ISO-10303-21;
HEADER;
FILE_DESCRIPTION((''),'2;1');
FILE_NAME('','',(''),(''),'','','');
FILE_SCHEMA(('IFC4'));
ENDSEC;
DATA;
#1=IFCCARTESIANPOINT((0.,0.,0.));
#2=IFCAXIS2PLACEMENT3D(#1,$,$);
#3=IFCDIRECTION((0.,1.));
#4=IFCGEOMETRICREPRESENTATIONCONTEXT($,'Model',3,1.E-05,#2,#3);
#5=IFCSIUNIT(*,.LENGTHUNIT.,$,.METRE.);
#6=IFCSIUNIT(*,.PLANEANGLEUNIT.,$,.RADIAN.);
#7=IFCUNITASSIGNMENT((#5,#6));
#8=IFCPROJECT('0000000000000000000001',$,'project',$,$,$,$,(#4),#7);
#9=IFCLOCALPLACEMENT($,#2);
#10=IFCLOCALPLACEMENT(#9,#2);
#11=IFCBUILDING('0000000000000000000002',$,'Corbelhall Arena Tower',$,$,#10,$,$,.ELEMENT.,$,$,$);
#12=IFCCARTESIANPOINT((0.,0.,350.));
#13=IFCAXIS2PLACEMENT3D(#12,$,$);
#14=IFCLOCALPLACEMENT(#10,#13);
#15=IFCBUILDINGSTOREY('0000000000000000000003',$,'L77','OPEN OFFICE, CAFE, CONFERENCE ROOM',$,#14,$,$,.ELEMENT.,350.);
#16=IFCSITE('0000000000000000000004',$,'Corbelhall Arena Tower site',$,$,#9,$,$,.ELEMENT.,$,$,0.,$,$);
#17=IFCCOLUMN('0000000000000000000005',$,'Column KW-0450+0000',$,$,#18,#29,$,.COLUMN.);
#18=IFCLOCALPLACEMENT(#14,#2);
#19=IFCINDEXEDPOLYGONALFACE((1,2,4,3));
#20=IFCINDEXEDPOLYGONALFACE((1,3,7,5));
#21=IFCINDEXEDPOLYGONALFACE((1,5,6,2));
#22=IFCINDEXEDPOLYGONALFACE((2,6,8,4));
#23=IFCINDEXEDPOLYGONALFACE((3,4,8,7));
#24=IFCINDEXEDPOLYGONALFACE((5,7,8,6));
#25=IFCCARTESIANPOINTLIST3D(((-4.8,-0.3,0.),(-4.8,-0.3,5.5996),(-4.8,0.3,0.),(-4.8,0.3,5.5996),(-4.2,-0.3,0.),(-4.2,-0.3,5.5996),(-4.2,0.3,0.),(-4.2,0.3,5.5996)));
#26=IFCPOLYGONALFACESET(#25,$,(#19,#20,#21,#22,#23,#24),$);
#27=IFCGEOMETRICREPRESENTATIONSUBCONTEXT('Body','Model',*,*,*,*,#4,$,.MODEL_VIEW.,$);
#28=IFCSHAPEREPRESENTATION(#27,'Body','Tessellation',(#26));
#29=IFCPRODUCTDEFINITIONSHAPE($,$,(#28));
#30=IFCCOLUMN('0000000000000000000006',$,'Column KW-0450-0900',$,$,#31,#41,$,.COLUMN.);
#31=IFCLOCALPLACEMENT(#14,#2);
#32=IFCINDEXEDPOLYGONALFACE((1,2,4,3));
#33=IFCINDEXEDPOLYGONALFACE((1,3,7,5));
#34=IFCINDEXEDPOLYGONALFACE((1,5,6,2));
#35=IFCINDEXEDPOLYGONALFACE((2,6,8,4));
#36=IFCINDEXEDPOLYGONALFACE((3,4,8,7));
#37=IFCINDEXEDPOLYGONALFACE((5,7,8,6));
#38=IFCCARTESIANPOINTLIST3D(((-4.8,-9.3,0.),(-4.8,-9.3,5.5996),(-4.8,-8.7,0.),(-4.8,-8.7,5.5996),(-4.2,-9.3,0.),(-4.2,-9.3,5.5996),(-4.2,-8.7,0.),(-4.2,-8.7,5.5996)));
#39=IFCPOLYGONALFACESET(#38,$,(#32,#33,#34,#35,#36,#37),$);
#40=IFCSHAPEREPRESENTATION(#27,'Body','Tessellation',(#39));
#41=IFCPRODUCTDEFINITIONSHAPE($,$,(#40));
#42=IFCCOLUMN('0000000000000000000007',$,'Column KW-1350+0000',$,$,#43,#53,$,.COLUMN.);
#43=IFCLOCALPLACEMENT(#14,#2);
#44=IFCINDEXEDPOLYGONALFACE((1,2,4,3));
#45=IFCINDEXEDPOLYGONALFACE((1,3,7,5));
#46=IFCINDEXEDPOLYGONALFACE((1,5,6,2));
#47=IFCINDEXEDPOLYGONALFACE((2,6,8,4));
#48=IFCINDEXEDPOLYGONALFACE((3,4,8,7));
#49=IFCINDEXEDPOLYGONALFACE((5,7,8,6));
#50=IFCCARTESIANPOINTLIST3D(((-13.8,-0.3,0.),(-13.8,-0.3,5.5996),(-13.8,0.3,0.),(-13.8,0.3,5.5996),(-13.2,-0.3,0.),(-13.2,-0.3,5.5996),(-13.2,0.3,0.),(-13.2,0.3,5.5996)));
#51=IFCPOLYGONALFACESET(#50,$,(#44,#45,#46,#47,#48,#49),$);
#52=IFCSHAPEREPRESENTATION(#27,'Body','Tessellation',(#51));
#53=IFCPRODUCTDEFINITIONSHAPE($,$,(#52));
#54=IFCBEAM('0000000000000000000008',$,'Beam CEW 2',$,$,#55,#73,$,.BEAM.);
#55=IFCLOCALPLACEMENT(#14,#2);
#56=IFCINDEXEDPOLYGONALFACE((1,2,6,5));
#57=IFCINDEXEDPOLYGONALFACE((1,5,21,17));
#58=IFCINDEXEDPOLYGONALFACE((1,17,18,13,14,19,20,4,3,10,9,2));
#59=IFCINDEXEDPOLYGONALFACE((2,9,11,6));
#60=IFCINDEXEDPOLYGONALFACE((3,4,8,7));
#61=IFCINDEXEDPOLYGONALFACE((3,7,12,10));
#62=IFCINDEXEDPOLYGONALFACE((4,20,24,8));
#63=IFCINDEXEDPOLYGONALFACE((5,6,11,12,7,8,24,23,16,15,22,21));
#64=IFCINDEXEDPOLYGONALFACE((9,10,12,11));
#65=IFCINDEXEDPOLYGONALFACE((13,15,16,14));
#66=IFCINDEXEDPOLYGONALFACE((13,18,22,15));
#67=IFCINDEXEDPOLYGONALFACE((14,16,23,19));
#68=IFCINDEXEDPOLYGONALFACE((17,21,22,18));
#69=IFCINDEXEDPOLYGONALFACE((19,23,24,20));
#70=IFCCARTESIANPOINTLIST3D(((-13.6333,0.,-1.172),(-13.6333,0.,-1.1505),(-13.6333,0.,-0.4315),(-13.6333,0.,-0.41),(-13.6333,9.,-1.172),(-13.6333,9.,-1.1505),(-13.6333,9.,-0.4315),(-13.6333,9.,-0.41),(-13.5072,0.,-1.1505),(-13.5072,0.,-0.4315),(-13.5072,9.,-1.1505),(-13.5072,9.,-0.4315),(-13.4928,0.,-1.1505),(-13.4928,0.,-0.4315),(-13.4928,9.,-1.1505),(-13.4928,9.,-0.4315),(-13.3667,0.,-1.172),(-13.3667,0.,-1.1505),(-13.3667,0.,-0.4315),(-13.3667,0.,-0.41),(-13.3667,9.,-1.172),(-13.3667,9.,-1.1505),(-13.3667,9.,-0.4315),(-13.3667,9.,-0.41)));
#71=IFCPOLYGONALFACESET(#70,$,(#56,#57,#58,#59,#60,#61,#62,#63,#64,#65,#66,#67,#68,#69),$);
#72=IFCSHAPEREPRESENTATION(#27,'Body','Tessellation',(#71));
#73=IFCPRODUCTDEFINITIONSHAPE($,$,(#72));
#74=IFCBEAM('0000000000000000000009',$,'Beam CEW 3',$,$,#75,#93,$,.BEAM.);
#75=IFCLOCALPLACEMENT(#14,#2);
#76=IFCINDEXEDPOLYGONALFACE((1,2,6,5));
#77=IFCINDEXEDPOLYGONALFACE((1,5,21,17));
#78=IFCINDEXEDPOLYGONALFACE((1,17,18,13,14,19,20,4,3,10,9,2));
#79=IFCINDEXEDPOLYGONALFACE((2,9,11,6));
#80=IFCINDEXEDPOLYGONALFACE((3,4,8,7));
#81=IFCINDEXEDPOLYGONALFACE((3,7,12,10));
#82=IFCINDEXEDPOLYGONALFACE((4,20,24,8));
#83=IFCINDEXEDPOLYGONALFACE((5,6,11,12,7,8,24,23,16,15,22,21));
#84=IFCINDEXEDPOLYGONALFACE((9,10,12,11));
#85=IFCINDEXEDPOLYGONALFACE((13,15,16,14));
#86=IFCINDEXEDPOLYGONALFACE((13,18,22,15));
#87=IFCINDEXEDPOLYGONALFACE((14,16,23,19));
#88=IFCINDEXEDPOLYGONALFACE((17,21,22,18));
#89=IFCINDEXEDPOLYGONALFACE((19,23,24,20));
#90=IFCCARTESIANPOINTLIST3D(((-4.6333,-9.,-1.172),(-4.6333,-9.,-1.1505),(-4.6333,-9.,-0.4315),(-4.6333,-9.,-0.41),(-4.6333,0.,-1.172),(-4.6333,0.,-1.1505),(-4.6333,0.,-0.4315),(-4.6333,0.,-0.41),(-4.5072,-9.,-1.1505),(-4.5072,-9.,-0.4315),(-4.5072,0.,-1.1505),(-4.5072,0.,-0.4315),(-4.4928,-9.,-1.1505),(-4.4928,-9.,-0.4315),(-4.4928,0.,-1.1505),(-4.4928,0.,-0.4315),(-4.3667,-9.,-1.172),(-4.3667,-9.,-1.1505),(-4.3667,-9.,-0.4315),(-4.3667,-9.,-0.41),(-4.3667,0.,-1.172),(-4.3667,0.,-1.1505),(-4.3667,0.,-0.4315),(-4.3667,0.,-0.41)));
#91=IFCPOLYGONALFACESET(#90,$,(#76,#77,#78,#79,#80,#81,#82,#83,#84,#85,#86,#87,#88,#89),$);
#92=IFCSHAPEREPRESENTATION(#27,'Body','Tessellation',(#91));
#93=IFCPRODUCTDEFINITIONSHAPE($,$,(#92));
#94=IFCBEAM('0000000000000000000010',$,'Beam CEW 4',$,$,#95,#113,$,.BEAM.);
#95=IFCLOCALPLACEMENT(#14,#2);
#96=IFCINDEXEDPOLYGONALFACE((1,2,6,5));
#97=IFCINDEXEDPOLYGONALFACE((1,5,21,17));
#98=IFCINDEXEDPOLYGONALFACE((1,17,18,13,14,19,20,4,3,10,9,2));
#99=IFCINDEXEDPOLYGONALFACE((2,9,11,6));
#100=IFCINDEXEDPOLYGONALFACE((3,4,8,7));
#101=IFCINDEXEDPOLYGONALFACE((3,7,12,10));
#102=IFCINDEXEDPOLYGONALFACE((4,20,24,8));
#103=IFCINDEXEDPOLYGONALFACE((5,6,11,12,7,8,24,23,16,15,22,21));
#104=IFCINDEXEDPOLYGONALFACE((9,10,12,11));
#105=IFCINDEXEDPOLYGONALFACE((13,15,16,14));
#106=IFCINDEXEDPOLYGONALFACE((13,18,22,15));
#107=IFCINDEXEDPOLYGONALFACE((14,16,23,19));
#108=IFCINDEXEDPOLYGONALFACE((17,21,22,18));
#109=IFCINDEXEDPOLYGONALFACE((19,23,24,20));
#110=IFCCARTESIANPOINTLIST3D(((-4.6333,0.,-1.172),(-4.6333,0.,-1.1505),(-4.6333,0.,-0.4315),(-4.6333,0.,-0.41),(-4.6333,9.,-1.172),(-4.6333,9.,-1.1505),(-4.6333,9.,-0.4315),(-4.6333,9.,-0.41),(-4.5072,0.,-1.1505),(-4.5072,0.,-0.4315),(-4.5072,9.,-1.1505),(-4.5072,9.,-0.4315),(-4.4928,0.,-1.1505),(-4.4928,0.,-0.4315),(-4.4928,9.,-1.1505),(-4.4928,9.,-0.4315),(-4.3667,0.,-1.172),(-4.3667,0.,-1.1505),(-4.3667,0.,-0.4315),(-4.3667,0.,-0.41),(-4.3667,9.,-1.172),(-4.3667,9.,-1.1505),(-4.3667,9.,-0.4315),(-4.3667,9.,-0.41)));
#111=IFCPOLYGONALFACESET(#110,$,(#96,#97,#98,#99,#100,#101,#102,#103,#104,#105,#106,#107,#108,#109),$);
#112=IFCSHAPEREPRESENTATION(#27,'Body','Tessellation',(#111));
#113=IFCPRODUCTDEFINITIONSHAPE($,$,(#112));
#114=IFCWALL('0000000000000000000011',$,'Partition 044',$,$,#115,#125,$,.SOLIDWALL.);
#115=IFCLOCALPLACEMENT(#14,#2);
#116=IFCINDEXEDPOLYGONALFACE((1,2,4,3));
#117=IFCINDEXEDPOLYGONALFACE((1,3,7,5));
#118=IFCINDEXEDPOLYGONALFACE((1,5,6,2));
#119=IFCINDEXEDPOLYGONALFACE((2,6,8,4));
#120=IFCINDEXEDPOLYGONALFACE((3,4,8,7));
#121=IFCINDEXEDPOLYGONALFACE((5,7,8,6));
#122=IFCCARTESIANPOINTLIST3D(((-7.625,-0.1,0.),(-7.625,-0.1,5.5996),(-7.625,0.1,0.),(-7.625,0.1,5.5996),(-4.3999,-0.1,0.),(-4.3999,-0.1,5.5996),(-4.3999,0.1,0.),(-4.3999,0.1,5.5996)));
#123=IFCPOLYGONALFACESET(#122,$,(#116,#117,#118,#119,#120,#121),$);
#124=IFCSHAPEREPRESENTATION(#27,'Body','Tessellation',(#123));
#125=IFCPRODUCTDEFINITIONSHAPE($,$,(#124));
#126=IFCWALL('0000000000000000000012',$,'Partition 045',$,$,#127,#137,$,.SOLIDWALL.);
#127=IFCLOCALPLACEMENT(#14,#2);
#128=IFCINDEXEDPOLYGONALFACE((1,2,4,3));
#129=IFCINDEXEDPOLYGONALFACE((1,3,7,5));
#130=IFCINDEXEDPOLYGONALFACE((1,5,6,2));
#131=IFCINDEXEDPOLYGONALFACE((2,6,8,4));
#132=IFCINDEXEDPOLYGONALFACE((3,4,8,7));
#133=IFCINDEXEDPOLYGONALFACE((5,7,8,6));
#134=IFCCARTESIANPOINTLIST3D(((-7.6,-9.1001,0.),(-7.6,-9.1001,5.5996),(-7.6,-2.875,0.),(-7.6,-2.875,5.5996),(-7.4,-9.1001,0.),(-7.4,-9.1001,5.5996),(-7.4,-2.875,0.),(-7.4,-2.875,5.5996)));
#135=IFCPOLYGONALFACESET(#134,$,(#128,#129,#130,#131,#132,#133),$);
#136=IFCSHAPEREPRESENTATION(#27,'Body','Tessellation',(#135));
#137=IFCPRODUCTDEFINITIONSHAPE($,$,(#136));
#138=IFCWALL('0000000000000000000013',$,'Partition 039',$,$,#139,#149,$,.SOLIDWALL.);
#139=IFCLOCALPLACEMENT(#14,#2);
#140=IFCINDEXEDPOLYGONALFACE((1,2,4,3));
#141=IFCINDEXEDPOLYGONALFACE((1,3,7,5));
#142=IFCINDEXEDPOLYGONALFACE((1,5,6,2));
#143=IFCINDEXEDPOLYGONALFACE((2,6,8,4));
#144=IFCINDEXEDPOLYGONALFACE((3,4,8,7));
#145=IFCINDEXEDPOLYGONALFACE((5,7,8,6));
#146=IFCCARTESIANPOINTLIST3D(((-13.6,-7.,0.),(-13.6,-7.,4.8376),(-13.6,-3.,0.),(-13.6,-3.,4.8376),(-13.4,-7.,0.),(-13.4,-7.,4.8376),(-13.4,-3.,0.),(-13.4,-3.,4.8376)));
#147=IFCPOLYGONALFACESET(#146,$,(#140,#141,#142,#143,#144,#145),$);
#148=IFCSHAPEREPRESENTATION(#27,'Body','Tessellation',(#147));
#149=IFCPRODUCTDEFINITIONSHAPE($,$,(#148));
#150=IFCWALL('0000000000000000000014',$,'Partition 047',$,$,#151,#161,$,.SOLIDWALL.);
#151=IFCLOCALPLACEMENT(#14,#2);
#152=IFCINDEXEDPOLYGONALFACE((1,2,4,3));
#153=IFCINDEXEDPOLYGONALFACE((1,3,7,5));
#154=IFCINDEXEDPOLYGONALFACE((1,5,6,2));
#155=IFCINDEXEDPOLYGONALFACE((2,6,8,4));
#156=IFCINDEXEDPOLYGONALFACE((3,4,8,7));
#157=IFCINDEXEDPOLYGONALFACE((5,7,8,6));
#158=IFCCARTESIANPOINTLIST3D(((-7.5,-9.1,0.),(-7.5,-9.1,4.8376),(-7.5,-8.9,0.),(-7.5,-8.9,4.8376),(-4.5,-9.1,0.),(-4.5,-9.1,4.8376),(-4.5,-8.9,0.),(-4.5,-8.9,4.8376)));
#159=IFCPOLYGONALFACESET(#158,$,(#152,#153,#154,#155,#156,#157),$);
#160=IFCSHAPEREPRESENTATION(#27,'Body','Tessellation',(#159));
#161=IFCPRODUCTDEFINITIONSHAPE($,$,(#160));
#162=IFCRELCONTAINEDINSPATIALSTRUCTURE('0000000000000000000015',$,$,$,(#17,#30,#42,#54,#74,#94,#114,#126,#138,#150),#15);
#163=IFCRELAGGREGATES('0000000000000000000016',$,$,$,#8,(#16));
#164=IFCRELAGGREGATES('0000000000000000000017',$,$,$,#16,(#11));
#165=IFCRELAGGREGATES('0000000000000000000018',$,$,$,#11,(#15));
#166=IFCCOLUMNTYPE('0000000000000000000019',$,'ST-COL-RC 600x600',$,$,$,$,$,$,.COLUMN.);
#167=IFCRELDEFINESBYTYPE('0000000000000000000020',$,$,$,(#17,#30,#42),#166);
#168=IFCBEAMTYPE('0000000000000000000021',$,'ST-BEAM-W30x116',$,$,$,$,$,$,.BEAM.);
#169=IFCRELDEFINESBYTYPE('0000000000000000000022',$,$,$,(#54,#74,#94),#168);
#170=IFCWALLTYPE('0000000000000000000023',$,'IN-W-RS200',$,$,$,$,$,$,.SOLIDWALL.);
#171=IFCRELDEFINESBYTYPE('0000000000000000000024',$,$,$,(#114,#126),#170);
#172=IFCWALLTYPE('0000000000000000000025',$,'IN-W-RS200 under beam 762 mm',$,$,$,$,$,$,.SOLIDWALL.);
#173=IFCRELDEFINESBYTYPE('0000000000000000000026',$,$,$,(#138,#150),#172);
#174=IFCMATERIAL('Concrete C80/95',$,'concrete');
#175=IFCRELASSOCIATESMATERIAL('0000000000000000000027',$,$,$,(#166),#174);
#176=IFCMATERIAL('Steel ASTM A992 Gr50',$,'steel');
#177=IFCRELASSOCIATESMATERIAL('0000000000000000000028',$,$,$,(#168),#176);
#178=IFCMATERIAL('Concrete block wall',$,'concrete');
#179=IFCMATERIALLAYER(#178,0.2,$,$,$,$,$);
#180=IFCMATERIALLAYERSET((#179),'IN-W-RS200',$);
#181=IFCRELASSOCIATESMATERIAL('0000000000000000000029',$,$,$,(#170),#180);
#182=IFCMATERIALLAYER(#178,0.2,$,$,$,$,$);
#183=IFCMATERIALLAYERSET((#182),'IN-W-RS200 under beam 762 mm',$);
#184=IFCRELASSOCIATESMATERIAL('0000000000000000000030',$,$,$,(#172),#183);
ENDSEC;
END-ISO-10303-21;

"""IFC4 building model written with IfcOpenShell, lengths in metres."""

from ifc_helpers import new_model, si_unit, direction, frame, frame_2d, origin, origin_2d, place, context, subcontext, project, spatial, rectangle, i_section, extrude, material, layer, layer_set, material_profile, profile_set, type_object, element, save


model = new_model("IFC4")

# Units and contexts
model_context = context("Model", 3, precision=1e-05, world=origin(), true_north=direction((0.0, 1.0)))
body_context = subcontext(model_context, "Body", "Model", "MODEL_VIEW")
ifc_project = project(units=[si_unit("LENGTHUNIT", "METRE"), si_unit("PLANEANGLEUNIT", "RADIAN")], contexts=[model_context])

# Site, building, storey
site_placement = place(None, origin())
site = spatial("IfcSite", under=ifc_project, at=site_placement, Name="Corbelhall Arena Tower site", CompositionType="ELEMENT", RefElevation=0.0)
building_placement = place(site_placement, origin())
building = spatial("IfcBuilding", under=site, at=building_placement, Name="Corbelhall Arena Tower", CompositionType="ELEMENT")
storey_placement = place(building_placement, frame((0.0, 0.0, 350.0)))
storey = spatial("IfcBuildingStorey", under=building, at=storey_placement, Name="L77", Description="OPEN OFFICE, CAFE, CONFERENCE ROOM", CompositionType="ELEMENT", Elevation=350.0)

# Columns
ifc_material_1 = material(Name="Concrete C80/95", Category="concrete")
ifc_material_profile_1 = material_profile(ifc_material_1, rectangle(XDim=0.6001, YDim=0.6001, at=origin_2d()))
ifc_profile_set_1 = profile_set([ifc_material_profile_1], Name="Concrete C80/95")
column_type = type_object("IfcColumnType", Name="ST-COL-RC 600x600", PredefinedType="COLUMN", material=ifc_profile_set_1)
for number, where, z_axis, x_axis, name in (
    (1, (-4.5, 0.0, 0.0), (0.0, 0.0, 1.0), (1.0, 0.0, 0.0), "Column KW-0450+0000"),
    (2, (-4.5, -9.0, 0.0), (0.0, 0.0, 1.0), (1.0, 0.0, 0.0), "Column KW-0450-0900"),
    (3, (-13.5, 0.0, 0.0), (0.0, 0.0, 1.0), (1.0, 0.0, 0.0), "Column KW-1350+0000"),
):
    element("IfcColumn", number, at=place(storey_placement, frame(where, z_axis=z_axis, x_axis=x_axis)), inside=storey, type_object=column_type, Name=name, PredefinedType="COLUMN", context=body_context, shape_type="SweptSolid", body=[
        extrude(rectangle(XDim=0.6001, YDim=0.6001, at=origin_2d()), origin(), (0.0, 0.0, 1.0), 5.5996),
    ])

# Beams
ifc_material_2 = material(Name="Steel ASTM A992 Gr50", Category="steel")
ifc_material_profile_2 = material_profile(ifc_material_2, i_section(OverallWidth=0.2666, OverallDepth=0.762, WebThickness=0.0144, FlangeThickness=0.0215, at=origin_2d()))
ifc_profile_set_2 = profile_set([ifc_material_profile_2], Name="Steel ASTM A992 Gr50")
beam_type = type_object("IfcBeamType", Name="ST-BEAM-W30x116", PredefinedType="BEAM", material=ifc_profile_set_2)
for number, where, z_axis, x_axis, name in (
    (4, (-13.5, 0.0, -0.791), (0.0, 1.0, 0.0), (-1.0, 0.0, 0.0), "Beam CEW 2"),
    (5, (-4.5, -9.0, -0.791), (0.0, 1.0, 0.0), (-1.0, 0.0, 0.0), "Beam CEW 3"),
    (6, (-4.5, 0.0, -0.791), (0.0, 1.0, 0.0), (-1.0, 0.0, 0.0), "Beam CEW 4"),
):
    element("IfcBeam", number, at=place(storey_placement, frame(where, z_axis=z_axis, x_axis=x_axis)), inside=storey, type_object=beam_type, Name=name, PredefinedType="BEAM", context=body_context, shape_type="SweptSolid", body=[
        extrude(i_section(OverallWidth=0.2666, OverallDepth=0.762, WebThickness=0.0144, FlangeThickness=0.0215, at=origin_2d()), origin(), (0.0, 0.0, 1.0), 9.0),
    ])

# Shared definitions
ifc_material_3 = material(Name="Concrete block wall", Category="concrete")
ifc_layer_1 = layer(ifc_material_3, 0.2)
ifc_layer_set_1 = layer_set([ifc_layer_1], Name="IN-W-RS200")
wall_type_1 = type_object("IfcWallType", Name="IN-W-RS200", PredefinedType="SOLIDWALL", material=ifc_layer_set_1)

# Walls
wall_1_placement = place(storey_placement, frame((-7.625, 0.0, 0.0), z_axis=(0.0, 0.0, 1.0), x_axis=(1.0, 0.0, 0.0)))
element("IfcWall", 7, at=wall_1_placement, inside=storey, type_object=wall_type_1, Name="Partition 044", PredefinedType="SOLIDWALL", context=body_context, shape_type="SweptSolid", body=[
    extrude(rectangle(XDim=3.2251, YDim=0.2, at=frame_2d((1.6125, 0.0))), origin(), (0.0, 0.0, 1.0), 5.5996),
])
wall_2_placement = place(storey_placement, frame((-7.5, -9.1001, 0.0), z_axis=(0.0, 0.0, 1.0), x_axis=(0.0, 1.0, 0.0)))
element("IfcWall", 8, at=wall_2_placement, inside=storey, type_object=wall_type_1, Name="Partition 045", PredefinedType="SOLIDWALL", context=body_context, shape_type="SweptSolid", body=[
    extrude(rectangle(XDim=6.2251, YDim=0.2, at=frame_2d((3.1125, 0.0))), origin(), (0.0, 0.0, 1.0), 5.5996),
])
ifc_layer_2 = layer(ifc_material_3, 0.2)
ifc_layer_set_2 = layer_set([ifc_layer_2], Name="IN-W-RS200 under beam 762 mm")
wall_type_2 = type_object("IfcWallType", Name="IN-W-RS200 under beam 762 mm", PredefinedType="SOLIDWALL", material=ifc_layer_set_2)
wall_3_placement = place(storey_placement, frame((-13.5, -7.0, 0.0), z_axis=(0.0, 0.0, 1.0), x_axis=(0.0, 1.0, 0.0)))
element("IfcWall", 9, at=wall_3_placement, inside=storey, type_object=wall_type_2, Name="Partition 039", PredefinedType="SOLIDWALL", context=body_context, shape_type="SweptSolid", body=[
    extrude(rectangle(XDim=4.0, YDim=0.2, at=frame_2d((2.0, 0.0))), origin(), (0.0, 0.0, 1.0), 4.8376),
])
wall_4_placement = place(storey_placement, frame((-4.5, -9.0, 0.0), z_axis=(0.0, 0.0, 1.0), x_axis=(-1.0, 0.0, 0.0)))
element("IfcWall", 10, at=wall_4_placement, inside=storey, type_object=wall_type_2, Name="Partition 047", PredefinedType="SOLIDWALL", context=body_context, shape_type="SweptSolid", body=[
    extrude(rectangle(XDim=3.0, YDim=0.2, at=frame_2d((1.5, 0.0))), origin(), (0.0, 0.0, 1.0), 4.8376),
])

save(model, "model.ifc")
